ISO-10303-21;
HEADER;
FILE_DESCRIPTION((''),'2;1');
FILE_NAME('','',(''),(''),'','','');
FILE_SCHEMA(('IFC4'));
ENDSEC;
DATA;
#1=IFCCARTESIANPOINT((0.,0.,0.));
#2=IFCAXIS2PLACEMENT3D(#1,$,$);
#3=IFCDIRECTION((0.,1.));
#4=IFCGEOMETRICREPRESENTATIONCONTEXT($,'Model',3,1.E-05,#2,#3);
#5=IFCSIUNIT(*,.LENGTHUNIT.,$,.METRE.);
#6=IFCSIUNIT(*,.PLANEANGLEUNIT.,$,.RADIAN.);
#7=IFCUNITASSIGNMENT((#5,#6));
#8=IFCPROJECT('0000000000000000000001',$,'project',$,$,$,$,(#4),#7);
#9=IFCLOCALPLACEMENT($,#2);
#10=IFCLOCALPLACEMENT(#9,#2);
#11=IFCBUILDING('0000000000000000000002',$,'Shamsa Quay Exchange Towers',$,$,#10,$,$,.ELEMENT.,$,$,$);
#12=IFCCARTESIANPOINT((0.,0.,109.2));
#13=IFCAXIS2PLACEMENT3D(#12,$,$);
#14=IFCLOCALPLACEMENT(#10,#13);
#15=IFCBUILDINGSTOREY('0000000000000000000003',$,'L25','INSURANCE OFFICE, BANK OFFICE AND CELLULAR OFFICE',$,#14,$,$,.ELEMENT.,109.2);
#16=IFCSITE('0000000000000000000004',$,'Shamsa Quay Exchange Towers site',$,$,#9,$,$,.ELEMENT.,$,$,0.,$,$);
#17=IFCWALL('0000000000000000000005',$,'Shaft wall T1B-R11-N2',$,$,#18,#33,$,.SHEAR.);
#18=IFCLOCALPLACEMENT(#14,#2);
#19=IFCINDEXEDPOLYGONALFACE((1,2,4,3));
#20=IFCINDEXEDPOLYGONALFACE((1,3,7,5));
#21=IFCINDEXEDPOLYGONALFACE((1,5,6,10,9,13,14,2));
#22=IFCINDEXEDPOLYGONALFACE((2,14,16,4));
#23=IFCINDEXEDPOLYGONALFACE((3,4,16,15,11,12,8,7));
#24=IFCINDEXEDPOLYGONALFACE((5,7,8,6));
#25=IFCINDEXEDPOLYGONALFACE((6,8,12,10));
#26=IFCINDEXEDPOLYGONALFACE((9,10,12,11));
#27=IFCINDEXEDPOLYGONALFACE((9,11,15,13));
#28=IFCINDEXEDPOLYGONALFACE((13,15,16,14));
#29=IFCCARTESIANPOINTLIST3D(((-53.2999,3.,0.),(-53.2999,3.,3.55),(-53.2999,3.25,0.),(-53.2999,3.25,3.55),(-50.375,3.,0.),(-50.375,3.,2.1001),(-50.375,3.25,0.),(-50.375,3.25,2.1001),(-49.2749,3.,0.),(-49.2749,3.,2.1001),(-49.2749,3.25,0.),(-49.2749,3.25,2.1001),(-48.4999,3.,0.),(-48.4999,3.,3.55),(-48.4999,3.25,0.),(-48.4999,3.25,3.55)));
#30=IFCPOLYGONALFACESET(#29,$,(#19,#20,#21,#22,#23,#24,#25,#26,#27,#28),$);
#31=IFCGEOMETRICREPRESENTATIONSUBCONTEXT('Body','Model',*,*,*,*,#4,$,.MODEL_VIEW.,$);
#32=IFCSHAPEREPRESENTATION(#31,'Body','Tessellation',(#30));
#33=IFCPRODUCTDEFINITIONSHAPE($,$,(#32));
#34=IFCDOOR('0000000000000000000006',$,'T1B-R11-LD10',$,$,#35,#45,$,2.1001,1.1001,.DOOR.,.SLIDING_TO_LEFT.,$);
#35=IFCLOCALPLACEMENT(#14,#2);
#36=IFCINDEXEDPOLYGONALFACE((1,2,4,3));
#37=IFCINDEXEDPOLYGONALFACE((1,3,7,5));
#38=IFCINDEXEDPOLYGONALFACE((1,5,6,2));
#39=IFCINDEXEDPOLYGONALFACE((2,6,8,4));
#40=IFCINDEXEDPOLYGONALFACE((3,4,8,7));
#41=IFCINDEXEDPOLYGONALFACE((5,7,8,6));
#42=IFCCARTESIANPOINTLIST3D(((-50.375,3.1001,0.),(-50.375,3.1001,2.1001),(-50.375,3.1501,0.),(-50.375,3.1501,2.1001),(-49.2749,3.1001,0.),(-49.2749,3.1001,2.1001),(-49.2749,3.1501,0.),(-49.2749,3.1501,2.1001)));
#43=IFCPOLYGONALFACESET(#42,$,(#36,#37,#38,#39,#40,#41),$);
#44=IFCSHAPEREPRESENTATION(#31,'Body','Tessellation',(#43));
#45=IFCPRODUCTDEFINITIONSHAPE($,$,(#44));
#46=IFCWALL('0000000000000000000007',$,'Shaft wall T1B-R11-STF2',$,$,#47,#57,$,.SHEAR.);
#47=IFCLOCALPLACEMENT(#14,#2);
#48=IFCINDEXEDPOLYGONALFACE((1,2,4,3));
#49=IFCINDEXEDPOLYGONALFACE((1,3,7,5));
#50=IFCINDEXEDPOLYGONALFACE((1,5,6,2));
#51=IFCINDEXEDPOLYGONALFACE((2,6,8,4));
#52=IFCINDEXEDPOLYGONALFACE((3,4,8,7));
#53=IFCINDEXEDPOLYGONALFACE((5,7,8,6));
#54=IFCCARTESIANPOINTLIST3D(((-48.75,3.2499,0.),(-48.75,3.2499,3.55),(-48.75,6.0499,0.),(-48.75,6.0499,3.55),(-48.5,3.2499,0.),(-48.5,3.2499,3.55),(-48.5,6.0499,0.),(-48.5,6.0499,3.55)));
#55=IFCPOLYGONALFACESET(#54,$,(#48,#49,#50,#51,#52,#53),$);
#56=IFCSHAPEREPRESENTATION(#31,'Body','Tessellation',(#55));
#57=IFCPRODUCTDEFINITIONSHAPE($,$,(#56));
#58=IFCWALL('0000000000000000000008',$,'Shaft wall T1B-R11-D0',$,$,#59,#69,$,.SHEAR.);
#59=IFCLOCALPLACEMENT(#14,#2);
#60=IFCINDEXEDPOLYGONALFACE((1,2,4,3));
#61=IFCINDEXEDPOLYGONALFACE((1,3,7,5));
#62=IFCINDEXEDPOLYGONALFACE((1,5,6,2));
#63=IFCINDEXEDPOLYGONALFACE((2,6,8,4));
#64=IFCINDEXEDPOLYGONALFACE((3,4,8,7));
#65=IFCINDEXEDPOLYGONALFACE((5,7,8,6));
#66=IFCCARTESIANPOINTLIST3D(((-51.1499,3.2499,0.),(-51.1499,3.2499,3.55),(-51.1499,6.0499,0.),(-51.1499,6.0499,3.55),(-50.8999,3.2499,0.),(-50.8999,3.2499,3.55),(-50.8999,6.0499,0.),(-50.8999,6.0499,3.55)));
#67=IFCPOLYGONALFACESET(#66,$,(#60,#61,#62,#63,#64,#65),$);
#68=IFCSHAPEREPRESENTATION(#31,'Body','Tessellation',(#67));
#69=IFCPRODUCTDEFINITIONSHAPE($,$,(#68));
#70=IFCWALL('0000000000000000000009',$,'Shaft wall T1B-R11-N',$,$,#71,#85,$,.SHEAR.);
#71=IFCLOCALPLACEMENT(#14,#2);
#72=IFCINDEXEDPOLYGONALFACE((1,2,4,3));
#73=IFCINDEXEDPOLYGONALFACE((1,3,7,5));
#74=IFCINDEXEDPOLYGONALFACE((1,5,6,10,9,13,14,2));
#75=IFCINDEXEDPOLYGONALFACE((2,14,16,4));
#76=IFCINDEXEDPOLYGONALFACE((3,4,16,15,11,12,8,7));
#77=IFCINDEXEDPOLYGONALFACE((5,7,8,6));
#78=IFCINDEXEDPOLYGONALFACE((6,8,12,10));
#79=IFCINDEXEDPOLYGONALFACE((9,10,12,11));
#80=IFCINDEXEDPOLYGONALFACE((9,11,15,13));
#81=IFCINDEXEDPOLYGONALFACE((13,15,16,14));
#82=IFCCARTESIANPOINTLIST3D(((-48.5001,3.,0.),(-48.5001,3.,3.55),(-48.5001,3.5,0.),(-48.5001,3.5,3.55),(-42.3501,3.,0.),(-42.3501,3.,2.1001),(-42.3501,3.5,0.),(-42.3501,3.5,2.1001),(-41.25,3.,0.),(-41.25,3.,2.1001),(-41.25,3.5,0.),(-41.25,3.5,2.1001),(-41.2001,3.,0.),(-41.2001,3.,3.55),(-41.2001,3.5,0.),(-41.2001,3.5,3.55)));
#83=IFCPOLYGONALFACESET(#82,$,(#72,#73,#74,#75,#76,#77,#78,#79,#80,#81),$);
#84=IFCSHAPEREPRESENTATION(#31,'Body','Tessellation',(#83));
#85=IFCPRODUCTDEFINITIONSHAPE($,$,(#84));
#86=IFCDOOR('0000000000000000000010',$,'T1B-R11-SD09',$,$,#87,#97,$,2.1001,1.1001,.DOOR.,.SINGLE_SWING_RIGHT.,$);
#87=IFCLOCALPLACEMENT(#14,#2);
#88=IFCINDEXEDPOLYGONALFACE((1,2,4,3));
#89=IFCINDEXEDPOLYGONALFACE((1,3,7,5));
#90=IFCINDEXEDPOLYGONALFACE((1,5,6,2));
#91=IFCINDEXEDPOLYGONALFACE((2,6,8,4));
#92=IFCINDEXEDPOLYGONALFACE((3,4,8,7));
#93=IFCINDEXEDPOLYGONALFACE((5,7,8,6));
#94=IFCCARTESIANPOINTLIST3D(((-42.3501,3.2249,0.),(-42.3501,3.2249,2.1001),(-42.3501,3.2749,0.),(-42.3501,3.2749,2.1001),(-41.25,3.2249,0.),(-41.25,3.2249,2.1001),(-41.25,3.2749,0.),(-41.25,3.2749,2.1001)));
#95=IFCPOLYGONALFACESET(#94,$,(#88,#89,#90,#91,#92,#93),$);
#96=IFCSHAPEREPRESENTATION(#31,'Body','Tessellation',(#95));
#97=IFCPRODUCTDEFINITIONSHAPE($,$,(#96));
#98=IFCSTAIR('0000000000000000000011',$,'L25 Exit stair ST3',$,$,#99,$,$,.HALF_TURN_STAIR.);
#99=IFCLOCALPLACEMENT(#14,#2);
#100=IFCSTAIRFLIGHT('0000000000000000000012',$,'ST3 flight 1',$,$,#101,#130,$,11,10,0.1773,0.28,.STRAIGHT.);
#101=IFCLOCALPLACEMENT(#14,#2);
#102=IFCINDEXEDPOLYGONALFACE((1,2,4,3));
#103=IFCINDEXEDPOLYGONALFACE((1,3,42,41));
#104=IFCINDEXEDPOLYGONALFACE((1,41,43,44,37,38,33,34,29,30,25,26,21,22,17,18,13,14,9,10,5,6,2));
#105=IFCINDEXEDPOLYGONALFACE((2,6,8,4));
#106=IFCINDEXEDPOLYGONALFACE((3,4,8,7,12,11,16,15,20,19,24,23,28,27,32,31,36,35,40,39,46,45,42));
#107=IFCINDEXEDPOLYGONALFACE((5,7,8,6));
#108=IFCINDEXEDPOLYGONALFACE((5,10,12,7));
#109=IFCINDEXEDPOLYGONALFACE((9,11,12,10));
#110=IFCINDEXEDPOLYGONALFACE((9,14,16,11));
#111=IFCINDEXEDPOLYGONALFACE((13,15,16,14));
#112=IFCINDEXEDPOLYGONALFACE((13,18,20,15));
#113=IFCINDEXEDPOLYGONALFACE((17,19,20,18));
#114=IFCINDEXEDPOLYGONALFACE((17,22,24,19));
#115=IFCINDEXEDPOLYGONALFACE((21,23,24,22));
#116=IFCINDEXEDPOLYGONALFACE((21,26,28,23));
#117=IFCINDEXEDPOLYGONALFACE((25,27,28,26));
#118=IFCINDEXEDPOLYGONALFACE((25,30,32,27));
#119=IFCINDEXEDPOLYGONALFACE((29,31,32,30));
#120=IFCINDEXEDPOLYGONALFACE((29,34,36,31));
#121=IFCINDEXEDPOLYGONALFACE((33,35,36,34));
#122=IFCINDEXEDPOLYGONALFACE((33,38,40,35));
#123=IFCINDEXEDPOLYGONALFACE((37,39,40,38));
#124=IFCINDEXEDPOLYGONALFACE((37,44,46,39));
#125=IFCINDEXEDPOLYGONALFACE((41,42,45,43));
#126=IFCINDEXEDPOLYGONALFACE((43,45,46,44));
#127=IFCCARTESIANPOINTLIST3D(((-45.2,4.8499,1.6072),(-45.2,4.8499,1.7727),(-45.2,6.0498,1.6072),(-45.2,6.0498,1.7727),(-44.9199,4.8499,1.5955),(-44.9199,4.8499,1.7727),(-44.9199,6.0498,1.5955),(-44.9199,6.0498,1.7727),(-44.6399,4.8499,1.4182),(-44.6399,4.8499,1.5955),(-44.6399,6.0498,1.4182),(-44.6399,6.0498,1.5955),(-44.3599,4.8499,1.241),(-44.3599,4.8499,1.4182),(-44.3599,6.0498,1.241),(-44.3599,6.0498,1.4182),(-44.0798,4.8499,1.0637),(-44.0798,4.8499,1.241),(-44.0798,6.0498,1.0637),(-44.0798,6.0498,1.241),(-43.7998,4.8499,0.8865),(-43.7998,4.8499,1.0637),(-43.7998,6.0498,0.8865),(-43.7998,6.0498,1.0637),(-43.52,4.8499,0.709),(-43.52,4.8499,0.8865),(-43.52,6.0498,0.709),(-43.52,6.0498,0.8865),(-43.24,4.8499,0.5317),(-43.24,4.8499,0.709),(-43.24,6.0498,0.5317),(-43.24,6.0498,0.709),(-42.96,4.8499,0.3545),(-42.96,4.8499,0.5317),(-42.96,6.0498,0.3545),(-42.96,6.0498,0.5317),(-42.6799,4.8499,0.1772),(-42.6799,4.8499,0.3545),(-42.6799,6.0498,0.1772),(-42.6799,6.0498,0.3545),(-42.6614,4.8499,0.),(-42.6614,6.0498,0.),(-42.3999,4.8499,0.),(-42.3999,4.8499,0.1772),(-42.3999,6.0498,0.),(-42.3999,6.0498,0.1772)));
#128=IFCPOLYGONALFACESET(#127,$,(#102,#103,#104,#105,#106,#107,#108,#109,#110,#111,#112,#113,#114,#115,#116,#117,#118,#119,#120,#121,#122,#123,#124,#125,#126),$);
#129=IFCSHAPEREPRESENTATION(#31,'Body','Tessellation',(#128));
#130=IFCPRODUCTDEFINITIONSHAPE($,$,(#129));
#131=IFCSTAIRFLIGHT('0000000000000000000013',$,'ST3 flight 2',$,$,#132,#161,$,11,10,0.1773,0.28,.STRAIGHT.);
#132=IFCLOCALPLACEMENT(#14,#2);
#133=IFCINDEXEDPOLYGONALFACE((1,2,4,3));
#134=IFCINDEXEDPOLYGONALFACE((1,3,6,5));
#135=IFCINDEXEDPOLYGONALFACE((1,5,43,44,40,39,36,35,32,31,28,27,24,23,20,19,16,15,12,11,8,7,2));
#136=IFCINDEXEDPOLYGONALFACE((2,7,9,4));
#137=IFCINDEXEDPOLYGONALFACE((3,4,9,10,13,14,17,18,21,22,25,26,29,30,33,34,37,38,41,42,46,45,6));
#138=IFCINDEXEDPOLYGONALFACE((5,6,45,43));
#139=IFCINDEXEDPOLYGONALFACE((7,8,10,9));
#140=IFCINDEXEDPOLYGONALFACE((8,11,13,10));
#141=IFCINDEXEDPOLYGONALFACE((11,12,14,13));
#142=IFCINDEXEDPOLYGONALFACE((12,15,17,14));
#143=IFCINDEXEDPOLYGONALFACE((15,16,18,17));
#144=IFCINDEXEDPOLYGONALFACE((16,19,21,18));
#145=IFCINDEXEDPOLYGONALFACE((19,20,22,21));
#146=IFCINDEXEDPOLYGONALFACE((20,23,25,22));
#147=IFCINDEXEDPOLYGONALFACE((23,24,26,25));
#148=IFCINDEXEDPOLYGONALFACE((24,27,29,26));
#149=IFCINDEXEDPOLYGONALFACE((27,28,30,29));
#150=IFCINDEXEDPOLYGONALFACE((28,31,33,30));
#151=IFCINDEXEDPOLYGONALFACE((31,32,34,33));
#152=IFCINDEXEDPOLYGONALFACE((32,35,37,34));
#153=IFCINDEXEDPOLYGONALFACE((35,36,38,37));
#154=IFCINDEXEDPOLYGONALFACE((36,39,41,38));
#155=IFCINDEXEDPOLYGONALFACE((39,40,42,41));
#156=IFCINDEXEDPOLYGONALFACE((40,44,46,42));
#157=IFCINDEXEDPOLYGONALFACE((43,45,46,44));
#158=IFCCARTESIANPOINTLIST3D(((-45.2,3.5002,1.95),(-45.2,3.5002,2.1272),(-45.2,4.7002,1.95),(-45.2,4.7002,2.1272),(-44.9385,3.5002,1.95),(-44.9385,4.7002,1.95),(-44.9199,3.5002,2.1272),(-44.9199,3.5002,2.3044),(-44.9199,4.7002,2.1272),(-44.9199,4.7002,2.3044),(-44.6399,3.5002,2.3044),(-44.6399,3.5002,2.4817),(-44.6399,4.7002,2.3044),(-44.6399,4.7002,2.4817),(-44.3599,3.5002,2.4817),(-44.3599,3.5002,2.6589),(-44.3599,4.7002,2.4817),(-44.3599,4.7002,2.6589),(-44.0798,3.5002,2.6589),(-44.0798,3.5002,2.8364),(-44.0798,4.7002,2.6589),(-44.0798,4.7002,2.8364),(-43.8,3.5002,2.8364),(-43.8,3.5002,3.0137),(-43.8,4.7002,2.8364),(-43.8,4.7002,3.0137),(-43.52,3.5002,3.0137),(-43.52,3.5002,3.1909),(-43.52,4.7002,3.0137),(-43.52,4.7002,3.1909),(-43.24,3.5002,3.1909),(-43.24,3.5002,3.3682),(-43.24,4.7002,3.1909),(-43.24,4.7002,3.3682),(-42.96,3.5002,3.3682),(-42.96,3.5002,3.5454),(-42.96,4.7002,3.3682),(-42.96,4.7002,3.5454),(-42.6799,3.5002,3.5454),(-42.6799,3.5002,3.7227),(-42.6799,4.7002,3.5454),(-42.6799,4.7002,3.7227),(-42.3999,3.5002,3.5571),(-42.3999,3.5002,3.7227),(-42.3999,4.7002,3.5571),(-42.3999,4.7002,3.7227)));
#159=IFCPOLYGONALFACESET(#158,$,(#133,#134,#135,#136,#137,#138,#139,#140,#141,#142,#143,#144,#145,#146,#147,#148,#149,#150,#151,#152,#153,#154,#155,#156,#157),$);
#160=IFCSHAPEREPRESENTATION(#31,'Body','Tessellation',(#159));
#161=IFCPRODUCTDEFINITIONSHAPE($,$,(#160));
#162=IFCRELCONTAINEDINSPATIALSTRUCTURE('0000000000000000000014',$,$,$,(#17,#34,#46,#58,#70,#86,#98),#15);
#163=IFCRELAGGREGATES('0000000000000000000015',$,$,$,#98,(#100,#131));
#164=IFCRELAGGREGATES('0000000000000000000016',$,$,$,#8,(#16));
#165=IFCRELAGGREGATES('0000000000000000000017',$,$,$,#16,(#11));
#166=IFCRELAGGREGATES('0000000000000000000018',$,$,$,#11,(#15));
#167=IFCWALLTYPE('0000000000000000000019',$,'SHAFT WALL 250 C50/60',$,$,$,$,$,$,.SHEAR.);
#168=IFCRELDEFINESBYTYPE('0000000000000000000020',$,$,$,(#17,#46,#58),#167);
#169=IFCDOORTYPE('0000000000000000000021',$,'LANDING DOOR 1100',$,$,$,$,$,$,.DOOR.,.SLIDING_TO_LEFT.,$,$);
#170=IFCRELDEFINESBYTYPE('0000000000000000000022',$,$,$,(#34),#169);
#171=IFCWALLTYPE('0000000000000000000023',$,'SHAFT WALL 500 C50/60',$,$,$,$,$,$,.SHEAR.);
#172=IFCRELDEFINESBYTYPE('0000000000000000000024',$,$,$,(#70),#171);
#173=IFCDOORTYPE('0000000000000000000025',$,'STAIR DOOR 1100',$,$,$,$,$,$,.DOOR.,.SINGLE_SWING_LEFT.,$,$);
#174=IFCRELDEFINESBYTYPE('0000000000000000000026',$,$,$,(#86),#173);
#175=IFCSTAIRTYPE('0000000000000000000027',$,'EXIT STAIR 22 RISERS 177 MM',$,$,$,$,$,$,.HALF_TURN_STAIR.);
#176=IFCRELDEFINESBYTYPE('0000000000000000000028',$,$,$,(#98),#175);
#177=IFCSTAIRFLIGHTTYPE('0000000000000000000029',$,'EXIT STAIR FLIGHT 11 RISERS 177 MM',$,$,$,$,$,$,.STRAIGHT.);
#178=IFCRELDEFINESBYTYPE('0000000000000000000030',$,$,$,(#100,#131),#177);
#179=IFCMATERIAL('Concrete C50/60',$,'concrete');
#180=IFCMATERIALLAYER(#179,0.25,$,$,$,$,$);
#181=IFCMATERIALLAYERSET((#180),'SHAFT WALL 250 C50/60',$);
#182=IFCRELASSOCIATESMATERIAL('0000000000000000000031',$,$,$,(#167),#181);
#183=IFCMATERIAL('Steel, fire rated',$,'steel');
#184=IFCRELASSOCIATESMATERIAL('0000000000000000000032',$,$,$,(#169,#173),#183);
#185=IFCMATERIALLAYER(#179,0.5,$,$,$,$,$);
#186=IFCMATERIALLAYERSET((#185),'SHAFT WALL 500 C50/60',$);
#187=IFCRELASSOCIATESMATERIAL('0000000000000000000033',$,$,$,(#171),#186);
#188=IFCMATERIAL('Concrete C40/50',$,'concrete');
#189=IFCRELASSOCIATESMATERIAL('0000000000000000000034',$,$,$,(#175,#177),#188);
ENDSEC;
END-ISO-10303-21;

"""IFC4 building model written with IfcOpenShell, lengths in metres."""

from ifc_helpers import new_model, si_unit, direction, frame, frame_2d, origin, place, context, subcontext, project, spatial, polyline, rectangle, outline, extrude, material, layer, layer_set, type_object, element, fill, aggregate, save


model = new_model("IFC4")

# Units and contexts
model_context = context("Model", 3, precision=1e-05, world=origin(), true_north=direction((0.0, 1.0)))
body_context = subcontext(model_context, "Body", "Model", "MODEL_VIEW")
ifc_project = project(units=[si_unit("LENGTHUNIT", "METRE"), si_unit("PLANEANGLEUNIT", "RADIAN")], contexts=[model_context])

# Site, building, storey
site_placement = place(None, origin())
site = spatial("IfcSite", under=ifc_project, at=site_placement, Name="Shamsa Quay Exchange Towers site", CompositionType="ELEMENT", RefElevation=0.0)
building_placement = place(site_placement, origin())
building = spatial("IfcBuilding", under=site, at=building_placement, Name="Shamsa Quay Exchange Towers", CompositionType="ELEMENT")
storey_placement = place(building_placement, frame((0.0, 0.0, 109.2)))
storey = spatial("IfcBuildingStorey", under=building, at=storey_placement, Name="L25", Description="INSURANCE OFFICE, BANK OFFICE AND CELLULAR OFFICE", CompositionType="ELEMENT", Elevation=109.2)

# Wall, opening, door
ifc_material_1 = material(Name="Concrete C50/60", Category="concrete")
ifc_layer_1 = layer(ifc_material_1, 0.25)
ifc_layer_set_1 = layer_set([ifc_layer_1], Name="SHAFT WALL 250 C50/60")
wall_type_1 = type_object("IfcWallType", Name="SHAFT WALL 250 C50/60", PredefinedType="SHEAR", material=ifc_layer_set_1)
wall_1_placement = place(storey_placement, frame((-48.5, 3.125, 0.0), z_axis=(0.0, 0.0, 1.0), x_axis=(-1.0, 0.0, 0.0)))
wall_1 = element("IfcWall", 1, at=wall_1_placement, inside=storey, type_object=wall_type_1, Name="Shaft wall T1B-R11-N2", PredefinedType="SHEAR", context=body_context, shape_type="SweptSolid", body=[
    extrude(rectangle(XDim=4.8, YDim=0.25, at=frame_2d((2.3999, 0.0))), origin(), (0.0, 0.0, 1.0), 3.55),
])
opening_1_placement = place(wall_1_placement, frame((0.7749, 0.0, 0.0)))
opening_1 = element("IfcOpeningElement", 2, at=opening_1_placement, cuts=wall_1, PredefinedType="OPENING", context=body_context, shape_type="SweptSolid", body=[
    extrude(rectangle(XDim=1.1001, YDim=2.1001, at=frame_2d((0.55, 1.05))), frame((0.0, 0.135, 0.0), z_axis=(0.0, -1.0, 0.0), x_axis=(1.0, 0.0, 0.0)), (0.0, 0.0, 1.0), 0.27),
])
ifc_material_2 = material(Name="Steel, fire rated", Category="steel")
door_type_1 = type_object("IfcDoorType", Name="LANDING DOOR 1100", OperationType="SLIDING_TO_LEFT", PredefinedType="DOOR", material=ifc_material_2)
door_1_placement = place(opening_1_placement, origin())
door_1 = element("IfcDoor", 3, at=door_1_placement, inside=storey, type_object=door_type_1, Name="T1B-R11-LD10", OperationType="SLIDING_TO_LEFT", OverallHeight=2.1001, OverallWidth=1.1001, PredefinedType="DOOR", context=body_context, shape_type="SweptSolid", body=[
    extrude(rectangle(XDim=1.1001, YDim=2.1001, at=frame_2d((0.55, 1.05))), frame((0.0, 0.0249, 0.0), z_axis=(0.0, -1.0, 0.0), x_axis=(1.0, 0.0, 0.0)), (0.0, 0.0, 1.0), 0.05),
])
fill(opening_1, door_1)

# Walls
for number, where, z_axis, x_axis, name in (
    (4, (-48.625, 3.25, 0.0), (0.0, 0.0, 1.0), (0.0, 1.0, 0.0), "Shaft wall T1B-R11-STF2"),
    (5, (-51.0249, 3.25, 0.0), (0.0, 0.0, 1.0), (0.0, 1.0, 0.0), "Shaft wall T1B-R11-D0"),
):
    element("IfcWall", number, at=place(storey_placement, frame(where, z_axis=z_axis, x_axis=x_axis)), inside=storey, type_object=wall_type_1, Name=name, PredefinedType="SHEAR", context=body_context, shape_type="SweptSolid", body=[
        extrude(rectangle(XDim=2.8, YDim=0.25, at=frame_2d((1.3999, 0.0))), origin(), (0.0, 0.0, 1.0), 3.55),
    ])

# Wall, opening, door
ifc_layer_2 = layer(ifc_material_1, 0.5)
ifc_layer_set_2 = layer_set([ifc_layer_2], Name="SHAFT WALL 500 C50/60")
wall_type_2 = type_object("IfcWallType", Name="SHAFT WALL 500 C50/60", PredefinedType="SHEAR", material=ifc_layer_set_2)
wall_2_placement = place(storey_placement, frame((-48.5, 3.25, 0.0)))
wall_2 = element("IfcWall", 6, at=wall_2_placement, inside=storey, type_object=wall_type_2, Name="Shaft wall T1B-R11-N", PredefinedType="SHEAR", context=body_context, shape_type="SweptSolid", body=[
    extrude(rectangle(XDim=7.3, YDim=0.5, at=frame_2d((3.6499, 0.0))), origin(), (0.0, 0.0, 1.0), 3.55),
])
opening_2_placement = place(wall_2_placement, frame((6.1499, 0.0, 0.0)))
opening_2 = element("IfcOpeningElement", 7, at=opening_2_placement, cuts=wall_2, PredefinedType="OPENING", context=body_context, shape_type="SweptSolid", body=[
    extrude(rectangle(XDim=1.1001, YDim=2.1001, at=frame_2d((0.55, 1.05))), frame((0.0, 0.26, 0.0), z_axis=(0.0, -1.0, 0.0), x_axis=(1.0, 0.0, 0.0)), (0.0, 0.0, 1.0), 0.52),
])
door_type_2 = type_object("IfcDoorType", Name="STAIR DOOR 1100", OperationType="SINGLE_SWING_LEFT", PredefinedType="DOOR", material=ifc_material_2)
door_2_placement = place(opening_2_placement, origin())
door_2 = element("IfcDoor", 8, at=door_2_placement, inside=storey, type_object=door_type_2, Name="T1B-R11-SD09", OperationType="SINGLE_SWING_RIGHT", OverallHeight=2.1001, OverallWidth=1.1001, PredefinedType="DOOR", context=body_context, shape_type="SweptSolid", body=[
    extrude(rectangle(XDim=1.1001, YDim=2.1001, at=frame_2d((0.55, 1.05))), frame((0.0, 0.0249, 0.0), z_axis=(0.0, -1.0, 0.0), x_axis=(1.0, 0.0, 0.0)), (0.0, 0.0, 1.0), 0.05),
])
fill(opening_2, door_2)

# Stair, stair flights
ifc_material_3 = material(Name="Concrete C40/50", Category="concrete")
stair_type = type_object("IfcStairType", Name="EXIT STAIR 22 RISERS 177 MM", PredefinedType="HALF_TURN_STAIR", material=ifc_material_3)
stair_placement = place(storey_placement, origin())
stair = element("IfcStair", 9, at=stair_placement, inside=storey, type_object=stair_type, Name="L25 Exit stair ST3", PredefinedType="HALF_TURN_STAIR")
stair_flight_type = type_object("IfcStairFlightType", Name="EXIT STAIR FLIGHT 11 RISERS 177 MM", PredefinedType="STRAIGHT", material=ifc_material_3)
stair_flight_1_placement = place(storey_placement, frame((-42.3999, 5.45, 0.0), z_axis=(0.0, 0.0, 1.0), x_axis=(-1.0, 0.0, 0.0)))
stair_flight_1 = element("IfcStairFlight", 10, at=stair_flight_1_placement, type_object=stair_flight_type, Name="ST3 flight 1", NumberOfRisers=11, NumberOfTreads=10, PredefinedType="STRAIGHT", RiserHeight=0.1773, TreadLength=0.28, context=body_context, shape_type="SweptSolid", body=[
    extrude(outline(polyline([(0.0, 0.0), (0.0, 0.1772), (0.28, 0.1772), (0.28, 0.3545), (0.5601, 0.3545), (0.5601, 0.5317), (0.8401, 0.5317), (0.8401, 0.709), (1.1201, 0.709), (1.1201, 0.8865), (1.3999, 0.8865), (1.3999, 1.0637), (1.6799, 1.0637), (1.6799, 1.241), (1.96, 1.241), (1.96, 1.4182), (2.24, 1.4182), (2.24, 1.5955), (2.52, 1.5955), (2.52, 1.7727), (2.8, 1.7727), (2.8, 1.95), (2.8, 1.6072), (0.2615, 0.0), (0.0, 0.0)])), frame((0.0, 0.6001, 0.0), z_axis=(0.0, -1.0, 0.0), x_axis=(1.0, 0.0, 0.0)), (0.0, 0.0, 1.0), 1.2),
])
stair_flight_2_placement = place(storey_placement, frame((-45.2, 4.1001, 1.95)))
stair_flight_2 = element("IfcStairFlight", 11, at=stair_flight_2_placement, type_object=stair_flight_type, Name="ST3 flight 2", NumberOfRisers=11, NumberOfTreads=10, PredefinedType="STRAIGHT", RiserHeight=0.1773, TreadLength=0.28, context=body_context, shape_type="SweptSolid", body=[
    extrude(outline(polyline([(0.0, 0.0), (0.0, 0.1772), (0.28, 0.1772), (0.28, 0.3545), (0.5601, 0.3545), (0.5601, 0.5317), (0.8401, 0.5317), (0.8401, 0.709), (1.1201, 0.709), (1.1201, 0.8865), (1.3999, 0.8865), (1.3999, 1.0637), (1.6799, 1.0637), (1.6799, 1.241), (1.96, 1.241), (1.96, 1.4182), (2.24, 1.4182), (2.24, 1.5955), (2.52, 1.5955), (2.52, 1.7727), (2.8, 1.7727), (2.8, 1.95), (2.8, 1.6072), (0.2615, 0.0), (0.0, 0.0)])), frame((0.0, 0.6001, 0.0), z_axis=(0.0, -1.0, 0.0), x_axis=(1.0, 0.0, 0.0)), (0.0, 0.0, 1.0), 1.2),
])
aggregate(stair, [stair_flight_1, stair_flight_2])

save(model, "model.ifc")
